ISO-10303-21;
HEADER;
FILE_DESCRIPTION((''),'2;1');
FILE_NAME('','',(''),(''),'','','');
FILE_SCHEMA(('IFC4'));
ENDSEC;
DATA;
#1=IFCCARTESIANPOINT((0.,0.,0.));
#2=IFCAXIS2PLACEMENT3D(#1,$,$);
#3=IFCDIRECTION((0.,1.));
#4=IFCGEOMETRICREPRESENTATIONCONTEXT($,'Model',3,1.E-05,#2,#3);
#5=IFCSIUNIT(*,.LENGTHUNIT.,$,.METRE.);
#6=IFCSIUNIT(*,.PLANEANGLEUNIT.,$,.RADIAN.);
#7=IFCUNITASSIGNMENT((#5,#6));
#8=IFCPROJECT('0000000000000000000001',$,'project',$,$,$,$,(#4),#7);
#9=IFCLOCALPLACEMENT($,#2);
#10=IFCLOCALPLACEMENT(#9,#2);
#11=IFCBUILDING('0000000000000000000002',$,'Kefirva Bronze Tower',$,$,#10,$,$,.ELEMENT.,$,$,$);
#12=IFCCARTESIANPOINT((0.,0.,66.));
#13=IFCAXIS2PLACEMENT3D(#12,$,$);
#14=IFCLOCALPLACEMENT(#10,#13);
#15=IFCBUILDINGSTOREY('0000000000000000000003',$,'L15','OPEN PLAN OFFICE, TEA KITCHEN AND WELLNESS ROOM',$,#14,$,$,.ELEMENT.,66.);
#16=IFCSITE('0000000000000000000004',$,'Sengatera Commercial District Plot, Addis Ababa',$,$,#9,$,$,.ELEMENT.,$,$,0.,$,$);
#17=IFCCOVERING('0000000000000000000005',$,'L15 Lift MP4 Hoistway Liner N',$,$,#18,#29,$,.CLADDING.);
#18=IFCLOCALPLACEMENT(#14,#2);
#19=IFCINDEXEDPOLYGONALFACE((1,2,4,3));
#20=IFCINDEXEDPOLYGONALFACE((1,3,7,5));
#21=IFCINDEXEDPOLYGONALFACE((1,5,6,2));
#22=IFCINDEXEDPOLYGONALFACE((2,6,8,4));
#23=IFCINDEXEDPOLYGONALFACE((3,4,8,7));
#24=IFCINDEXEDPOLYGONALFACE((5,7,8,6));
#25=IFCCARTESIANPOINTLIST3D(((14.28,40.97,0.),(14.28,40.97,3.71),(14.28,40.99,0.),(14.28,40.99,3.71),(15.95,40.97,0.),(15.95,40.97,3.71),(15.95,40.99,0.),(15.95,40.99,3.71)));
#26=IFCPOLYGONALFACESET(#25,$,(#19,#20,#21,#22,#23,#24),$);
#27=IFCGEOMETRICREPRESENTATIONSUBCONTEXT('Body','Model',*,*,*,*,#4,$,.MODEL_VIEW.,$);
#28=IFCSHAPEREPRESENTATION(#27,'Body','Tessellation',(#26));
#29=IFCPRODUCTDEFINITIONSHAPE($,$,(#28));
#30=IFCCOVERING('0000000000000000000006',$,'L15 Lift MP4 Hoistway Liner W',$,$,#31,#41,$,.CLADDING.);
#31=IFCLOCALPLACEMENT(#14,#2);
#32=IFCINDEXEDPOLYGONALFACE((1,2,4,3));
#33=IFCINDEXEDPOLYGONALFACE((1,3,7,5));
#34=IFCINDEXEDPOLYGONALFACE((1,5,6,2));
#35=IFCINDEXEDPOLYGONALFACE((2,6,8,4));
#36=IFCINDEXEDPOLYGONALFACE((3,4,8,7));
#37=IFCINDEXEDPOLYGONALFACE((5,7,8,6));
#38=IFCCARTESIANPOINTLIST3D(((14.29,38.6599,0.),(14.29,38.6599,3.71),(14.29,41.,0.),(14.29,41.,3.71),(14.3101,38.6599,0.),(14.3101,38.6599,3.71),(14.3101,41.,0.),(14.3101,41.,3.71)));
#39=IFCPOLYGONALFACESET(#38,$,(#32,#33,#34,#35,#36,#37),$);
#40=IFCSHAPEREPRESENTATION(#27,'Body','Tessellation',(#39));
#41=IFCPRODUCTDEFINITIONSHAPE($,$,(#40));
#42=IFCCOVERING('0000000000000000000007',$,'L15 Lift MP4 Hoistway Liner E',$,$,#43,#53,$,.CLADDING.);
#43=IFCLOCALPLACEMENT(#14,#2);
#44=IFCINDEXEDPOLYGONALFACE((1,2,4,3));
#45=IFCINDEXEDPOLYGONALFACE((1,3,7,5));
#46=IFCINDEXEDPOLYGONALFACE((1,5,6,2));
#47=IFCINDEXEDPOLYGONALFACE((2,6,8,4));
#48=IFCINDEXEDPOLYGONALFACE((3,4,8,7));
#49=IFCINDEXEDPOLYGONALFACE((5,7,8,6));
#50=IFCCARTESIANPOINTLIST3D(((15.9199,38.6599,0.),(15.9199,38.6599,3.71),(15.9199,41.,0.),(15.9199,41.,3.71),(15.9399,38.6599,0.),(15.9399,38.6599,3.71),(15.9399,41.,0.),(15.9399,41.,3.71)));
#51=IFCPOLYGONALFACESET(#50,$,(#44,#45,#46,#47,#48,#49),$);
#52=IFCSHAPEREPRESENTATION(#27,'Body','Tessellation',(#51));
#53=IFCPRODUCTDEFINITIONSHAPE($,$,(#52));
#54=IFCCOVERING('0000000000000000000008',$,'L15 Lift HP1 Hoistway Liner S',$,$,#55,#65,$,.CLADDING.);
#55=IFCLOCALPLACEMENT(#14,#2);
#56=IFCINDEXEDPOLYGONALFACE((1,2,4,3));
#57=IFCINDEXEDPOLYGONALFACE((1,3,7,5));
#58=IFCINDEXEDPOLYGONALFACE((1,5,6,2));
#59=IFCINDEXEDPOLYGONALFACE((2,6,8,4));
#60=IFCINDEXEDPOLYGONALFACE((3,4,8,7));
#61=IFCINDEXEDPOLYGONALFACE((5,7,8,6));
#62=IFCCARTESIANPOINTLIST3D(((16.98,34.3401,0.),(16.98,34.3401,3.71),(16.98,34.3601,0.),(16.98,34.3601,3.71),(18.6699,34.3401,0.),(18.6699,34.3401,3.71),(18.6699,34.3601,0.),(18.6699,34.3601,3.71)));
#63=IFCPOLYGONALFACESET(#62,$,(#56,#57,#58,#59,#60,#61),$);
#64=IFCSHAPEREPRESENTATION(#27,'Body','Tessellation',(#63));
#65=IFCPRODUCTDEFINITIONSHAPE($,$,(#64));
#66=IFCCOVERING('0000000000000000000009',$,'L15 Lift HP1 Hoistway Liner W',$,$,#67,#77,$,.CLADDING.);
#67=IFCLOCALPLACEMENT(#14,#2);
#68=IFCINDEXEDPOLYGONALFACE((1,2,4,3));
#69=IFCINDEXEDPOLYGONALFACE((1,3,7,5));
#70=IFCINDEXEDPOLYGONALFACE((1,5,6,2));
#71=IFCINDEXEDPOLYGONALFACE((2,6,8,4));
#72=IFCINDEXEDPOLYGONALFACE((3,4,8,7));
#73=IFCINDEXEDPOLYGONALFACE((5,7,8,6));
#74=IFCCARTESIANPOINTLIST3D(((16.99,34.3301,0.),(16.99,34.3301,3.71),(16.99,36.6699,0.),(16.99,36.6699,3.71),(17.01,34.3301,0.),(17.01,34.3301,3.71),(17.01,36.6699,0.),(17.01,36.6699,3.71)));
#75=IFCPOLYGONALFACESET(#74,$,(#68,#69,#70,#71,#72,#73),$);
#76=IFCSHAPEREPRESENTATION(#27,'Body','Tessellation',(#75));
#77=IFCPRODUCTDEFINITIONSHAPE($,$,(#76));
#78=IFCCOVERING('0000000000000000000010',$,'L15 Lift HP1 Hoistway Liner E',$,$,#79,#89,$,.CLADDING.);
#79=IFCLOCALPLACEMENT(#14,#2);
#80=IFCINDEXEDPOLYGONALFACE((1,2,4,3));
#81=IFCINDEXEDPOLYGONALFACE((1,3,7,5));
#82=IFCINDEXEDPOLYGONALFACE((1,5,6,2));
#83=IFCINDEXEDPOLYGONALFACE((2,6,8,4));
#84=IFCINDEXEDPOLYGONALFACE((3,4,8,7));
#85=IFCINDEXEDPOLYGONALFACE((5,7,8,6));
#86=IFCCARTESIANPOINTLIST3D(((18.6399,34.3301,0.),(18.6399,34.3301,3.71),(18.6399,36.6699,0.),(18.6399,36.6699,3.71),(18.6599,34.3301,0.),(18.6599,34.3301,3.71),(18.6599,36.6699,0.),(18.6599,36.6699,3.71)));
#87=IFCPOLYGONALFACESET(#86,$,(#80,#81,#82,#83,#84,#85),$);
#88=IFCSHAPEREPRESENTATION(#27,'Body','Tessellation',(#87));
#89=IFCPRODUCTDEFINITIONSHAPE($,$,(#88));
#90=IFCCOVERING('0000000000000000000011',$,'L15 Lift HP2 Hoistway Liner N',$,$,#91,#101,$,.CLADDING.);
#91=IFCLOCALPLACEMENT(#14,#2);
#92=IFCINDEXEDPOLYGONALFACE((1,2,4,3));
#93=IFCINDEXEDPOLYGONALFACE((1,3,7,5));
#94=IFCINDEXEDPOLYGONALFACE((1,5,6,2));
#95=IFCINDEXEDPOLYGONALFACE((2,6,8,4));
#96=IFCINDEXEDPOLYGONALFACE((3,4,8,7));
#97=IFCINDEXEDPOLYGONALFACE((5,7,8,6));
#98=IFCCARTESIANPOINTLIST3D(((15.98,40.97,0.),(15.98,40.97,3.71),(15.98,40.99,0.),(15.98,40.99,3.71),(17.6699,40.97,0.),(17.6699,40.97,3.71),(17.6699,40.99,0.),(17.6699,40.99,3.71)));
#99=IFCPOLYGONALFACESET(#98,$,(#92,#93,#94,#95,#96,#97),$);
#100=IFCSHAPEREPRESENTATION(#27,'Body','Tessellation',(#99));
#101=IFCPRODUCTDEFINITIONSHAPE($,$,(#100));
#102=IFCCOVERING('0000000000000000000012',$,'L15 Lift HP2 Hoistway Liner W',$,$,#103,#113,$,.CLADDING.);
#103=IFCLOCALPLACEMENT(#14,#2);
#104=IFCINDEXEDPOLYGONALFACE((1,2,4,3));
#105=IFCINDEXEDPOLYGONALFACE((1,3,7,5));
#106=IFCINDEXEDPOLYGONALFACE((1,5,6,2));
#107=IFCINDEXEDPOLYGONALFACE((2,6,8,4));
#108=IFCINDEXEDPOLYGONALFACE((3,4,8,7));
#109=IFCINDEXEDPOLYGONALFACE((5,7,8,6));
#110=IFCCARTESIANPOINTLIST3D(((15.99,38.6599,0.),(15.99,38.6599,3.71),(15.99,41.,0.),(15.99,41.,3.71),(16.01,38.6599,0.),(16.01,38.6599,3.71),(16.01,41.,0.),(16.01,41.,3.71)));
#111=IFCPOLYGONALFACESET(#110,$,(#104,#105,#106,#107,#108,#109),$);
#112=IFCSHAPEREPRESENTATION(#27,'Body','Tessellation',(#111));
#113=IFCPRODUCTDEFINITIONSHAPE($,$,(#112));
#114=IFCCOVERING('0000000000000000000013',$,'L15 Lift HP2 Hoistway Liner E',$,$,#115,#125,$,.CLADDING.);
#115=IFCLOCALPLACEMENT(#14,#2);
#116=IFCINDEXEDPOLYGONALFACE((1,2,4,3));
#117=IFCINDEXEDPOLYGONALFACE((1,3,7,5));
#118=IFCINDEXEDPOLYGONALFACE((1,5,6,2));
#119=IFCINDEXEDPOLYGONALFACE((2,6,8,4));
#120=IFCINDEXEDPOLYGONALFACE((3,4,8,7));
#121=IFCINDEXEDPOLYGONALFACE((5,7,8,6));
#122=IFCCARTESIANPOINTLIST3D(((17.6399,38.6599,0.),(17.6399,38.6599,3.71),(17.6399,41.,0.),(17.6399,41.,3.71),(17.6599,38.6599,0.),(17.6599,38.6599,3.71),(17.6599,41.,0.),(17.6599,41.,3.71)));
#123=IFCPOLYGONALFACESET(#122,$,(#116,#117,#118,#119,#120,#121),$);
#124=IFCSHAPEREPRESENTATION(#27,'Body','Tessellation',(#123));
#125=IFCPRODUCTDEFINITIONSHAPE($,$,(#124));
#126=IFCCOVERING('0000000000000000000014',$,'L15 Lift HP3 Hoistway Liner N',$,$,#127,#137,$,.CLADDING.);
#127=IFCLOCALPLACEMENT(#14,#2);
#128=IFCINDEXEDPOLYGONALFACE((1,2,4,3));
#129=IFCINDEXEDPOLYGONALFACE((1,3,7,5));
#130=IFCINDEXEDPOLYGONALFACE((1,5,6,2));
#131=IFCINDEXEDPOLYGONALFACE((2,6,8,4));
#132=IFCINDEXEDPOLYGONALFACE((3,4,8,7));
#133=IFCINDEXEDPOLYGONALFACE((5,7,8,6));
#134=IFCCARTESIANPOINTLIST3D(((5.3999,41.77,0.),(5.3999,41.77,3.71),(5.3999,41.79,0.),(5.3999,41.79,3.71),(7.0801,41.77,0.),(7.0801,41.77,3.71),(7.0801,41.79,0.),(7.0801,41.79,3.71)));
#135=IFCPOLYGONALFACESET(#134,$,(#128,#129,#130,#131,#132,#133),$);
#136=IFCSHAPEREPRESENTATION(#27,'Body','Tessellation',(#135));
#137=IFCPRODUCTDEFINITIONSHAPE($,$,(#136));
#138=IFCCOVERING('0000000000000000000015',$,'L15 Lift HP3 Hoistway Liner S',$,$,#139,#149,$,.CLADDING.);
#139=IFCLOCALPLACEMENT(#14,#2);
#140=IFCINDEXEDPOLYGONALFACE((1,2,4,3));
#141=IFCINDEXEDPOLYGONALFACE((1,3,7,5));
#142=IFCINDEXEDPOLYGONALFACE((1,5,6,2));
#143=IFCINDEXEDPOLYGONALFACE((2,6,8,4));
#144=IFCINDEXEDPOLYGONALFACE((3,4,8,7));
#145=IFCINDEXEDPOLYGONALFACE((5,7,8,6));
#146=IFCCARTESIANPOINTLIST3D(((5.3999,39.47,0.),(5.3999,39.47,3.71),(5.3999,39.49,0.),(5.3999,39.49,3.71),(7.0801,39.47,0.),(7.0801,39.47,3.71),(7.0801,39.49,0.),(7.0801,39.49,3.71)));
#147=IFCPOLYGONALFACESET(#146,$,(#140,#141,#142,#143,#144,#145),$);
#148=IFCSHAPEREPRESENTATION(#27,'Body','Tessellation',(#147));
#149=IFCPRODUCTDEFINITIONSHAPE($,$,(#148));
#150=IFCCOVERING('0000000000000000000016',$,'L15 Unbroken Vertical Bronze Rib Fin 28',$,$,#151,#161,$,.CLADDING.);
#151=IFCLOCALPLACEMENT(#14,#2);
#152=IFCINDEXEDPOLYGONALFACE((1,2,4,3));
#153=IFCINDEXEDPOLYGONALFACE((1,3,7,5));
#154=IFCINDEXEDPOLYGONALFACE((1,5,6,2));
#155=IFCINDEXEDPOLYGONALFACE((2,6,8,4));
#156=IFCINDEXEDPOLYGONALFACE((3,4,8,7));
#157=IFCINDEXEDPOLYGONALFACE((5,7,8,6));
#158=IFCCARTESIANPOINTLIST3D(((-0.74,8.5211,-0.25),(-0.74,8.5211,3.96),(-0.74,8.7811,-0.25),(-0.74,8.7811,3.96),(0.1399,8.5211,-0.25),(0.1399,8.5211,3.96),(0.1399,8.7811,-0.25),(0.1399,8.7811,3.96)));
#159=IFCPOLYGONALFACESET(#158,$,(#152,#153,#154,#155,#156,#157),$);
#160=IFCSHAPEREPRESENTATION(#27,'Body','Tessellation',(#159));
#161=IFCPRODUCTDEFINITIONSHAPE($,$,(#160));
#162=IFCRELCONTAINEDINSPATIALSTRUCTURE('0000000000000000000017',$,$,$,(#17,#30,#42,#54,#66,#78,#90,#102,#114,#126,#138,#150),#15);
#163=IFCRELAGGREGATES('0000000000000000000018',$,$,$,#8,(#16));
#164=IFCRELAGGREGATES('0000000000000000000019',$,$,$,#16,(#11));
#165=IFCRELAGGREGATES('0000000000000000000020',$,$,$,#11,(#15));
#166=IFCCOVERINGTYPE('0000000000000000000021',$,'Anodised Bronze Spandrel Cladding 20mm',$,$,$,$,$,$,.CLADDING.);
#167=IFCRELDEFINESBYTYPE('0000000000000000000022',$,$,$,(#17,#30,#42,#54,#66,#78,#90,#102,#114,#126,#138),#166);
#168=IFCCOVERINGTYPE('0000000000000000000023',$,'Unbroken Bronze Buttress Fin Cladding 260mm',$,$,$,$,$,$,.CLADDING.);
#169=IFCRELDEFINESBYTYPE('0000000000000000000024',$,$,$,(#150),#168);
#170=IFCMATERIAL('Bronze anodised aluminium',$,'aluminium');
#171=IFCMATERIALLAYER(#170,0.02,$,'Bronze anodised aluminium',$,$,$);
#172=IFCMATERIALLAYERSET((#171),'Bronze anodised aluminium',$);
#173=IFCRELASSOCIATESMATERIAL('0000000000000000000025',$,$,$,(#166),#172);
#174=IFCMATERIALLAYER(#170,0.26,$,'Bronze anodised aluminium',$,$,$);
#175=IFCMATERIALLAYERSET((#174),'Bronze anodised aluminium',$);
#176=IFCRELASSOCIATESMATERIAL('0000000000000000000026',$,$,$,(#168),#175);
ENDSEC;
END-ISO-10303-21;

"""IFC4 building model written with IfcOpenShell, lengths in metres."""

from ifc_helpers import new_model, si_unit, direction, frame, origin, origin_2d, place, context, subcontext, project, spatial, polyline, rectangle, outline, extrude, material, layer, layer_set, type_object, element, save


model = new_model("IFC4")

# Units and contexts
model_context = context("Model", 3, precision=1e-05, world=origin(), true_north=direction((0.0, 1.0)))
body_context = subcontext(model_context, "Body", "Model", "MODEL_VIEW")
ifc_project = project(units=[si_unit("LENGTHUNIT", "METRE"), si_unit("PLANEANGLEUNIT", "RADIAN")], contexts=[model_context])

# Site, building, storey
site_placement = place(None, origin())
site = spatial("IfcSite", under=ifc_project, at=site_placement, Name="Sengatera Commercial District Plot, Addis Ababa", CompositionType="ELEMENT", RefElevation=0.0)
building_placement = place(site_placement, origin())
building = spatial("IfcBuilding", under=site, at=building_placement, Name="Kefirva Bronze Tower", CompositionType="ELEMENT")
storey_placement = place(building_placement, frame((0.0, 0.0, 66.0)))
storey = spatial("IfcBuildingStorey", under=building, at=storey_placement, Name="L15", Description="OPEN PLAN OFFICE, TEA KITCHEN AND WELLNESS ROOM", CompositionType="ELEMENT", Elevation=66.0)

# Coverings
ifc_material = material(Name="Bronze anodised aluminium", Category="aluminium")
ifc_layer_1 = layer(ifc_material, 0.02, Name="Bronze anodised aluminium")
ifc_layer_set_1 = layer_set([ifc_layer_1], Name="Bronze anodised aluminium")
covering_type_1 = type_object("IfcCoveringType", Name="Anodised Bronze Spandrel Cladding 20mm", PredefinedType="CLADDING", material=ifc_layer_set_1)
covering_1_placement = place(storey_placement, origin())
element("IfcCovering", 1, at=covering_1_placement, inside=storey, type_object=covering_type_1, Name="L15 Lift MP4 Hoistway Liner N", PredefinedType="CLADDING", context=body_context, shape_type="SweptSolid", body=[
    extrude(outline(polyline([(14.28, 40.97), (15.95, 40.97), (15.95, 40.99), (14.28, 40.99), (14.28, 40.97)])), origin(), (0.0, 0.0, 1.0), 3.71),
])
covering_2_placement = place(storey_placement, origin())
element("IfcCovering", 2, at=covering_2_placement, inside=storey, type_object=covering_type_1, Name="L15 Lift MP4 Hoistway Liner W", PredefinedType="CLADDING", context=body_context, shape_type="SweptSolid", body=[
    extrude(outline(polyline([(14.29, 38.6599), (14.3101, 38.6599), (14.3101, 41.0), (14.29, 41.0), (14.29, 38.6599)])), origin(), (0.0, 0.0, 1.0), 3.71),
])
covering_3_placement = place(storey_placement, origin())
element("IfcCovering", 3, at=covering_3_placement, inside=storey, type_object=covering_type_1, Name="L15 Lift MP4 Hoistway Liner E", PredefinedType="CLADDING", context=body_context, shape_type="SweptSolid", body=[
    extrude(outline(polyline([(15.9199, 38.6599), (15.9399, 38.6599), (15.9399, 41.0), (15.9199, 41.0), (15.9199, 38.6599)])), origin(), (0.0, 0.0, 1.0), 3.71),
])
covering_4_placement = place(storey_placement, origin())
element("IfcCovering", 4, at=covering_4_placement, inside=storey, type_object=covering_type_1, Name="L15 Lift HP1 Hoistway Liner S", PredefinedType="CLADDING", context=body_context, shape_type="SweptSolid", body=[
    extrude(outline(polyline([(16.98, 34.3401), (18.6699, 34.3401), (18.6699, 34.3601), (16.98, 34.3601), (16.98, 34.3401)])), origin(), (0.0, 0.0, 1.0), 3.71),
])
covering_5_placement = place(storey_placement, origin())
element("IfcCovering", 5, at=covering_5_placement, inside=storey, type_object=covering_type_1, Name="L15 Lift HP1 Hoistway Liner W", PredefinedType="CLADDING", context=body_context, shape_type="SweptSolid", body=[
    extrude(outline(polyline([(16.99, 34.3301), (17.01, 34.3301), (17.01, 36.6699), (16.99, 36.6699), (16.99, 34.3301)])), origin(), (0.0, 0.0, 1.0), 3.71),
])
covering_6_placement = place(storey_placement, origin())
element("IfcCovering", 6, at=covering_6_placement, inside=storey, type_object=covering_type_1, Name="L15 Lift HP1 Hoistway Liner E", PredefinedType="CLADDING", context=body_context, shape_type="SweptSolid", body=[
    extrude(outline(polyline([(18.6399, 34.3301), (18.6599, 34.3301), (18.6599, 36.6699), (18.6399, 36.6699), (18.6399, 34.3301)])), origin(), (0.0, 0.0, 1.0), 3.71),
])
covering_7_placement = place(storey_placement, origin())
element("IfcCovering", 7, at=covering_7_placement, inside=storey, type_object=covering_type_1, Name="L15 Lift HP2 Hoistway Liner N", PredefinedType="CLADDING", context=body_context, shape_type="SweptSolid", body=[
    extrude(outline(polyline([(15.98, 40.97), (17.6699, 40.97), (17.6699, 40.99), (15.98, 40.99), (15.98, 40.97)])), origin(), (0.0, 0.0, 1.0), 3.71),
])
covering_8_placement = place(storey_placement, origin())
element("IfcCovering", 8, at=covering_8_placement, inside=storey, type_object=covering_type_1, Name="L15 Lift HP2 Hoistway Liner W", PredefinedType="CLADDING", context=body_context, shape_type="SweptSolid", body=[
    extrude(outline(polyline([(15.99, 38.6599), (16.01, 38.6599), (16.01, 41.0), (15.99, 41.0), (15.99, 38.6599)])), origin(), (0.0, 0.0, 1.0), 3.71),
])
covering_9_placement = place(storey_placement, origin())
element("IfcCovering", 9, at=covering_9_placement, inside=storey, type_object=covering_type_1, Name="L15 Lift HP2 Hoistway Liner E", PredefinedType="CLADDING", context=body_context, shape_type="SweptSolid", body=[
    extrude(outline(polyline([(17.6399, 38.6599), (17.6599, 38.6599), (17.6599, 41.0), (17.6399, 41.0), (17.6399, 38.6599)])), origin(), (0.0, 0.0, 1.0), 3.71),
])
covering_10_placement = place(storey_placement, origin())
element("IfcCovering", 10, at=covering_10_placement, inside=storey, type_object=covering_type_1, Name="L15 Lift HP3 Hoistway Liner N", PredefinedType="CLADDING", context=body_context, shape_type="SweptSolid", body=[
    extrude(outline(polyline([(5.3999, 41.77), (7.0801, 41.77), (7.0801, 41.79), (5.3999, 41.79), (5.3999, 41.77)])), origin(), (0.0, 0.0, 1.0), 3.71),
])
covering_11_placement = place(storey_placement, origin())
element("IfcCovering", 11, at=covering_11_placement, inside=storey, type_object=covering_type_1, Name="L15 Lift HP3 Hoistway Liner S", PredefinedType="CLADDING", context=body_context, shape_type="SweptSolid", body=[
    extrude(outline(polyline([(5.3999, 39.47), (7.0801, 39.47), (7.0801, 39.49), (5.3999, 39.49), (5.3999, 39.47)])), origin(), (0.0, 0.0, 1.0), 3.71),
])
ifc_layer_2 = layer(ifc_material, 0.26, Name="Bronze anodised aluminium")
ifc_layer_set_2 = layer_set([ifc_layer_2], Name="Bronze anodised aluminium")
covering_type_2 = type_object("IfcCoveringType", Name="Unbroken Bronze Buttress Fin Cladding 260mm", PredefinedType="CLADDING", material=ifc_layer_set_2)
covering_12_placement = place(storey_placement, frame((-0.3, 8.6511, -0.25), z_axis=(0.0, 0.0, 1.0), x_axis=(0.0, -1.0, 0.0)))
element("IfcCovering", 12, at=covering_12_placement, inside=storey, type_object=covering_type_2, Name="L15 Unbroken Vertical Bronze Rib Fin 28", PredefinedType="CLADDING", context=body_context, shape_type="SweptSolid", body=[
    extrude(rectangle(XDim=0.26, YDim=0.8799, at=origin_2d()), origin(), (0.0, 0.0, 1.0), 4.21),
])

save(model, "model.ifc")
